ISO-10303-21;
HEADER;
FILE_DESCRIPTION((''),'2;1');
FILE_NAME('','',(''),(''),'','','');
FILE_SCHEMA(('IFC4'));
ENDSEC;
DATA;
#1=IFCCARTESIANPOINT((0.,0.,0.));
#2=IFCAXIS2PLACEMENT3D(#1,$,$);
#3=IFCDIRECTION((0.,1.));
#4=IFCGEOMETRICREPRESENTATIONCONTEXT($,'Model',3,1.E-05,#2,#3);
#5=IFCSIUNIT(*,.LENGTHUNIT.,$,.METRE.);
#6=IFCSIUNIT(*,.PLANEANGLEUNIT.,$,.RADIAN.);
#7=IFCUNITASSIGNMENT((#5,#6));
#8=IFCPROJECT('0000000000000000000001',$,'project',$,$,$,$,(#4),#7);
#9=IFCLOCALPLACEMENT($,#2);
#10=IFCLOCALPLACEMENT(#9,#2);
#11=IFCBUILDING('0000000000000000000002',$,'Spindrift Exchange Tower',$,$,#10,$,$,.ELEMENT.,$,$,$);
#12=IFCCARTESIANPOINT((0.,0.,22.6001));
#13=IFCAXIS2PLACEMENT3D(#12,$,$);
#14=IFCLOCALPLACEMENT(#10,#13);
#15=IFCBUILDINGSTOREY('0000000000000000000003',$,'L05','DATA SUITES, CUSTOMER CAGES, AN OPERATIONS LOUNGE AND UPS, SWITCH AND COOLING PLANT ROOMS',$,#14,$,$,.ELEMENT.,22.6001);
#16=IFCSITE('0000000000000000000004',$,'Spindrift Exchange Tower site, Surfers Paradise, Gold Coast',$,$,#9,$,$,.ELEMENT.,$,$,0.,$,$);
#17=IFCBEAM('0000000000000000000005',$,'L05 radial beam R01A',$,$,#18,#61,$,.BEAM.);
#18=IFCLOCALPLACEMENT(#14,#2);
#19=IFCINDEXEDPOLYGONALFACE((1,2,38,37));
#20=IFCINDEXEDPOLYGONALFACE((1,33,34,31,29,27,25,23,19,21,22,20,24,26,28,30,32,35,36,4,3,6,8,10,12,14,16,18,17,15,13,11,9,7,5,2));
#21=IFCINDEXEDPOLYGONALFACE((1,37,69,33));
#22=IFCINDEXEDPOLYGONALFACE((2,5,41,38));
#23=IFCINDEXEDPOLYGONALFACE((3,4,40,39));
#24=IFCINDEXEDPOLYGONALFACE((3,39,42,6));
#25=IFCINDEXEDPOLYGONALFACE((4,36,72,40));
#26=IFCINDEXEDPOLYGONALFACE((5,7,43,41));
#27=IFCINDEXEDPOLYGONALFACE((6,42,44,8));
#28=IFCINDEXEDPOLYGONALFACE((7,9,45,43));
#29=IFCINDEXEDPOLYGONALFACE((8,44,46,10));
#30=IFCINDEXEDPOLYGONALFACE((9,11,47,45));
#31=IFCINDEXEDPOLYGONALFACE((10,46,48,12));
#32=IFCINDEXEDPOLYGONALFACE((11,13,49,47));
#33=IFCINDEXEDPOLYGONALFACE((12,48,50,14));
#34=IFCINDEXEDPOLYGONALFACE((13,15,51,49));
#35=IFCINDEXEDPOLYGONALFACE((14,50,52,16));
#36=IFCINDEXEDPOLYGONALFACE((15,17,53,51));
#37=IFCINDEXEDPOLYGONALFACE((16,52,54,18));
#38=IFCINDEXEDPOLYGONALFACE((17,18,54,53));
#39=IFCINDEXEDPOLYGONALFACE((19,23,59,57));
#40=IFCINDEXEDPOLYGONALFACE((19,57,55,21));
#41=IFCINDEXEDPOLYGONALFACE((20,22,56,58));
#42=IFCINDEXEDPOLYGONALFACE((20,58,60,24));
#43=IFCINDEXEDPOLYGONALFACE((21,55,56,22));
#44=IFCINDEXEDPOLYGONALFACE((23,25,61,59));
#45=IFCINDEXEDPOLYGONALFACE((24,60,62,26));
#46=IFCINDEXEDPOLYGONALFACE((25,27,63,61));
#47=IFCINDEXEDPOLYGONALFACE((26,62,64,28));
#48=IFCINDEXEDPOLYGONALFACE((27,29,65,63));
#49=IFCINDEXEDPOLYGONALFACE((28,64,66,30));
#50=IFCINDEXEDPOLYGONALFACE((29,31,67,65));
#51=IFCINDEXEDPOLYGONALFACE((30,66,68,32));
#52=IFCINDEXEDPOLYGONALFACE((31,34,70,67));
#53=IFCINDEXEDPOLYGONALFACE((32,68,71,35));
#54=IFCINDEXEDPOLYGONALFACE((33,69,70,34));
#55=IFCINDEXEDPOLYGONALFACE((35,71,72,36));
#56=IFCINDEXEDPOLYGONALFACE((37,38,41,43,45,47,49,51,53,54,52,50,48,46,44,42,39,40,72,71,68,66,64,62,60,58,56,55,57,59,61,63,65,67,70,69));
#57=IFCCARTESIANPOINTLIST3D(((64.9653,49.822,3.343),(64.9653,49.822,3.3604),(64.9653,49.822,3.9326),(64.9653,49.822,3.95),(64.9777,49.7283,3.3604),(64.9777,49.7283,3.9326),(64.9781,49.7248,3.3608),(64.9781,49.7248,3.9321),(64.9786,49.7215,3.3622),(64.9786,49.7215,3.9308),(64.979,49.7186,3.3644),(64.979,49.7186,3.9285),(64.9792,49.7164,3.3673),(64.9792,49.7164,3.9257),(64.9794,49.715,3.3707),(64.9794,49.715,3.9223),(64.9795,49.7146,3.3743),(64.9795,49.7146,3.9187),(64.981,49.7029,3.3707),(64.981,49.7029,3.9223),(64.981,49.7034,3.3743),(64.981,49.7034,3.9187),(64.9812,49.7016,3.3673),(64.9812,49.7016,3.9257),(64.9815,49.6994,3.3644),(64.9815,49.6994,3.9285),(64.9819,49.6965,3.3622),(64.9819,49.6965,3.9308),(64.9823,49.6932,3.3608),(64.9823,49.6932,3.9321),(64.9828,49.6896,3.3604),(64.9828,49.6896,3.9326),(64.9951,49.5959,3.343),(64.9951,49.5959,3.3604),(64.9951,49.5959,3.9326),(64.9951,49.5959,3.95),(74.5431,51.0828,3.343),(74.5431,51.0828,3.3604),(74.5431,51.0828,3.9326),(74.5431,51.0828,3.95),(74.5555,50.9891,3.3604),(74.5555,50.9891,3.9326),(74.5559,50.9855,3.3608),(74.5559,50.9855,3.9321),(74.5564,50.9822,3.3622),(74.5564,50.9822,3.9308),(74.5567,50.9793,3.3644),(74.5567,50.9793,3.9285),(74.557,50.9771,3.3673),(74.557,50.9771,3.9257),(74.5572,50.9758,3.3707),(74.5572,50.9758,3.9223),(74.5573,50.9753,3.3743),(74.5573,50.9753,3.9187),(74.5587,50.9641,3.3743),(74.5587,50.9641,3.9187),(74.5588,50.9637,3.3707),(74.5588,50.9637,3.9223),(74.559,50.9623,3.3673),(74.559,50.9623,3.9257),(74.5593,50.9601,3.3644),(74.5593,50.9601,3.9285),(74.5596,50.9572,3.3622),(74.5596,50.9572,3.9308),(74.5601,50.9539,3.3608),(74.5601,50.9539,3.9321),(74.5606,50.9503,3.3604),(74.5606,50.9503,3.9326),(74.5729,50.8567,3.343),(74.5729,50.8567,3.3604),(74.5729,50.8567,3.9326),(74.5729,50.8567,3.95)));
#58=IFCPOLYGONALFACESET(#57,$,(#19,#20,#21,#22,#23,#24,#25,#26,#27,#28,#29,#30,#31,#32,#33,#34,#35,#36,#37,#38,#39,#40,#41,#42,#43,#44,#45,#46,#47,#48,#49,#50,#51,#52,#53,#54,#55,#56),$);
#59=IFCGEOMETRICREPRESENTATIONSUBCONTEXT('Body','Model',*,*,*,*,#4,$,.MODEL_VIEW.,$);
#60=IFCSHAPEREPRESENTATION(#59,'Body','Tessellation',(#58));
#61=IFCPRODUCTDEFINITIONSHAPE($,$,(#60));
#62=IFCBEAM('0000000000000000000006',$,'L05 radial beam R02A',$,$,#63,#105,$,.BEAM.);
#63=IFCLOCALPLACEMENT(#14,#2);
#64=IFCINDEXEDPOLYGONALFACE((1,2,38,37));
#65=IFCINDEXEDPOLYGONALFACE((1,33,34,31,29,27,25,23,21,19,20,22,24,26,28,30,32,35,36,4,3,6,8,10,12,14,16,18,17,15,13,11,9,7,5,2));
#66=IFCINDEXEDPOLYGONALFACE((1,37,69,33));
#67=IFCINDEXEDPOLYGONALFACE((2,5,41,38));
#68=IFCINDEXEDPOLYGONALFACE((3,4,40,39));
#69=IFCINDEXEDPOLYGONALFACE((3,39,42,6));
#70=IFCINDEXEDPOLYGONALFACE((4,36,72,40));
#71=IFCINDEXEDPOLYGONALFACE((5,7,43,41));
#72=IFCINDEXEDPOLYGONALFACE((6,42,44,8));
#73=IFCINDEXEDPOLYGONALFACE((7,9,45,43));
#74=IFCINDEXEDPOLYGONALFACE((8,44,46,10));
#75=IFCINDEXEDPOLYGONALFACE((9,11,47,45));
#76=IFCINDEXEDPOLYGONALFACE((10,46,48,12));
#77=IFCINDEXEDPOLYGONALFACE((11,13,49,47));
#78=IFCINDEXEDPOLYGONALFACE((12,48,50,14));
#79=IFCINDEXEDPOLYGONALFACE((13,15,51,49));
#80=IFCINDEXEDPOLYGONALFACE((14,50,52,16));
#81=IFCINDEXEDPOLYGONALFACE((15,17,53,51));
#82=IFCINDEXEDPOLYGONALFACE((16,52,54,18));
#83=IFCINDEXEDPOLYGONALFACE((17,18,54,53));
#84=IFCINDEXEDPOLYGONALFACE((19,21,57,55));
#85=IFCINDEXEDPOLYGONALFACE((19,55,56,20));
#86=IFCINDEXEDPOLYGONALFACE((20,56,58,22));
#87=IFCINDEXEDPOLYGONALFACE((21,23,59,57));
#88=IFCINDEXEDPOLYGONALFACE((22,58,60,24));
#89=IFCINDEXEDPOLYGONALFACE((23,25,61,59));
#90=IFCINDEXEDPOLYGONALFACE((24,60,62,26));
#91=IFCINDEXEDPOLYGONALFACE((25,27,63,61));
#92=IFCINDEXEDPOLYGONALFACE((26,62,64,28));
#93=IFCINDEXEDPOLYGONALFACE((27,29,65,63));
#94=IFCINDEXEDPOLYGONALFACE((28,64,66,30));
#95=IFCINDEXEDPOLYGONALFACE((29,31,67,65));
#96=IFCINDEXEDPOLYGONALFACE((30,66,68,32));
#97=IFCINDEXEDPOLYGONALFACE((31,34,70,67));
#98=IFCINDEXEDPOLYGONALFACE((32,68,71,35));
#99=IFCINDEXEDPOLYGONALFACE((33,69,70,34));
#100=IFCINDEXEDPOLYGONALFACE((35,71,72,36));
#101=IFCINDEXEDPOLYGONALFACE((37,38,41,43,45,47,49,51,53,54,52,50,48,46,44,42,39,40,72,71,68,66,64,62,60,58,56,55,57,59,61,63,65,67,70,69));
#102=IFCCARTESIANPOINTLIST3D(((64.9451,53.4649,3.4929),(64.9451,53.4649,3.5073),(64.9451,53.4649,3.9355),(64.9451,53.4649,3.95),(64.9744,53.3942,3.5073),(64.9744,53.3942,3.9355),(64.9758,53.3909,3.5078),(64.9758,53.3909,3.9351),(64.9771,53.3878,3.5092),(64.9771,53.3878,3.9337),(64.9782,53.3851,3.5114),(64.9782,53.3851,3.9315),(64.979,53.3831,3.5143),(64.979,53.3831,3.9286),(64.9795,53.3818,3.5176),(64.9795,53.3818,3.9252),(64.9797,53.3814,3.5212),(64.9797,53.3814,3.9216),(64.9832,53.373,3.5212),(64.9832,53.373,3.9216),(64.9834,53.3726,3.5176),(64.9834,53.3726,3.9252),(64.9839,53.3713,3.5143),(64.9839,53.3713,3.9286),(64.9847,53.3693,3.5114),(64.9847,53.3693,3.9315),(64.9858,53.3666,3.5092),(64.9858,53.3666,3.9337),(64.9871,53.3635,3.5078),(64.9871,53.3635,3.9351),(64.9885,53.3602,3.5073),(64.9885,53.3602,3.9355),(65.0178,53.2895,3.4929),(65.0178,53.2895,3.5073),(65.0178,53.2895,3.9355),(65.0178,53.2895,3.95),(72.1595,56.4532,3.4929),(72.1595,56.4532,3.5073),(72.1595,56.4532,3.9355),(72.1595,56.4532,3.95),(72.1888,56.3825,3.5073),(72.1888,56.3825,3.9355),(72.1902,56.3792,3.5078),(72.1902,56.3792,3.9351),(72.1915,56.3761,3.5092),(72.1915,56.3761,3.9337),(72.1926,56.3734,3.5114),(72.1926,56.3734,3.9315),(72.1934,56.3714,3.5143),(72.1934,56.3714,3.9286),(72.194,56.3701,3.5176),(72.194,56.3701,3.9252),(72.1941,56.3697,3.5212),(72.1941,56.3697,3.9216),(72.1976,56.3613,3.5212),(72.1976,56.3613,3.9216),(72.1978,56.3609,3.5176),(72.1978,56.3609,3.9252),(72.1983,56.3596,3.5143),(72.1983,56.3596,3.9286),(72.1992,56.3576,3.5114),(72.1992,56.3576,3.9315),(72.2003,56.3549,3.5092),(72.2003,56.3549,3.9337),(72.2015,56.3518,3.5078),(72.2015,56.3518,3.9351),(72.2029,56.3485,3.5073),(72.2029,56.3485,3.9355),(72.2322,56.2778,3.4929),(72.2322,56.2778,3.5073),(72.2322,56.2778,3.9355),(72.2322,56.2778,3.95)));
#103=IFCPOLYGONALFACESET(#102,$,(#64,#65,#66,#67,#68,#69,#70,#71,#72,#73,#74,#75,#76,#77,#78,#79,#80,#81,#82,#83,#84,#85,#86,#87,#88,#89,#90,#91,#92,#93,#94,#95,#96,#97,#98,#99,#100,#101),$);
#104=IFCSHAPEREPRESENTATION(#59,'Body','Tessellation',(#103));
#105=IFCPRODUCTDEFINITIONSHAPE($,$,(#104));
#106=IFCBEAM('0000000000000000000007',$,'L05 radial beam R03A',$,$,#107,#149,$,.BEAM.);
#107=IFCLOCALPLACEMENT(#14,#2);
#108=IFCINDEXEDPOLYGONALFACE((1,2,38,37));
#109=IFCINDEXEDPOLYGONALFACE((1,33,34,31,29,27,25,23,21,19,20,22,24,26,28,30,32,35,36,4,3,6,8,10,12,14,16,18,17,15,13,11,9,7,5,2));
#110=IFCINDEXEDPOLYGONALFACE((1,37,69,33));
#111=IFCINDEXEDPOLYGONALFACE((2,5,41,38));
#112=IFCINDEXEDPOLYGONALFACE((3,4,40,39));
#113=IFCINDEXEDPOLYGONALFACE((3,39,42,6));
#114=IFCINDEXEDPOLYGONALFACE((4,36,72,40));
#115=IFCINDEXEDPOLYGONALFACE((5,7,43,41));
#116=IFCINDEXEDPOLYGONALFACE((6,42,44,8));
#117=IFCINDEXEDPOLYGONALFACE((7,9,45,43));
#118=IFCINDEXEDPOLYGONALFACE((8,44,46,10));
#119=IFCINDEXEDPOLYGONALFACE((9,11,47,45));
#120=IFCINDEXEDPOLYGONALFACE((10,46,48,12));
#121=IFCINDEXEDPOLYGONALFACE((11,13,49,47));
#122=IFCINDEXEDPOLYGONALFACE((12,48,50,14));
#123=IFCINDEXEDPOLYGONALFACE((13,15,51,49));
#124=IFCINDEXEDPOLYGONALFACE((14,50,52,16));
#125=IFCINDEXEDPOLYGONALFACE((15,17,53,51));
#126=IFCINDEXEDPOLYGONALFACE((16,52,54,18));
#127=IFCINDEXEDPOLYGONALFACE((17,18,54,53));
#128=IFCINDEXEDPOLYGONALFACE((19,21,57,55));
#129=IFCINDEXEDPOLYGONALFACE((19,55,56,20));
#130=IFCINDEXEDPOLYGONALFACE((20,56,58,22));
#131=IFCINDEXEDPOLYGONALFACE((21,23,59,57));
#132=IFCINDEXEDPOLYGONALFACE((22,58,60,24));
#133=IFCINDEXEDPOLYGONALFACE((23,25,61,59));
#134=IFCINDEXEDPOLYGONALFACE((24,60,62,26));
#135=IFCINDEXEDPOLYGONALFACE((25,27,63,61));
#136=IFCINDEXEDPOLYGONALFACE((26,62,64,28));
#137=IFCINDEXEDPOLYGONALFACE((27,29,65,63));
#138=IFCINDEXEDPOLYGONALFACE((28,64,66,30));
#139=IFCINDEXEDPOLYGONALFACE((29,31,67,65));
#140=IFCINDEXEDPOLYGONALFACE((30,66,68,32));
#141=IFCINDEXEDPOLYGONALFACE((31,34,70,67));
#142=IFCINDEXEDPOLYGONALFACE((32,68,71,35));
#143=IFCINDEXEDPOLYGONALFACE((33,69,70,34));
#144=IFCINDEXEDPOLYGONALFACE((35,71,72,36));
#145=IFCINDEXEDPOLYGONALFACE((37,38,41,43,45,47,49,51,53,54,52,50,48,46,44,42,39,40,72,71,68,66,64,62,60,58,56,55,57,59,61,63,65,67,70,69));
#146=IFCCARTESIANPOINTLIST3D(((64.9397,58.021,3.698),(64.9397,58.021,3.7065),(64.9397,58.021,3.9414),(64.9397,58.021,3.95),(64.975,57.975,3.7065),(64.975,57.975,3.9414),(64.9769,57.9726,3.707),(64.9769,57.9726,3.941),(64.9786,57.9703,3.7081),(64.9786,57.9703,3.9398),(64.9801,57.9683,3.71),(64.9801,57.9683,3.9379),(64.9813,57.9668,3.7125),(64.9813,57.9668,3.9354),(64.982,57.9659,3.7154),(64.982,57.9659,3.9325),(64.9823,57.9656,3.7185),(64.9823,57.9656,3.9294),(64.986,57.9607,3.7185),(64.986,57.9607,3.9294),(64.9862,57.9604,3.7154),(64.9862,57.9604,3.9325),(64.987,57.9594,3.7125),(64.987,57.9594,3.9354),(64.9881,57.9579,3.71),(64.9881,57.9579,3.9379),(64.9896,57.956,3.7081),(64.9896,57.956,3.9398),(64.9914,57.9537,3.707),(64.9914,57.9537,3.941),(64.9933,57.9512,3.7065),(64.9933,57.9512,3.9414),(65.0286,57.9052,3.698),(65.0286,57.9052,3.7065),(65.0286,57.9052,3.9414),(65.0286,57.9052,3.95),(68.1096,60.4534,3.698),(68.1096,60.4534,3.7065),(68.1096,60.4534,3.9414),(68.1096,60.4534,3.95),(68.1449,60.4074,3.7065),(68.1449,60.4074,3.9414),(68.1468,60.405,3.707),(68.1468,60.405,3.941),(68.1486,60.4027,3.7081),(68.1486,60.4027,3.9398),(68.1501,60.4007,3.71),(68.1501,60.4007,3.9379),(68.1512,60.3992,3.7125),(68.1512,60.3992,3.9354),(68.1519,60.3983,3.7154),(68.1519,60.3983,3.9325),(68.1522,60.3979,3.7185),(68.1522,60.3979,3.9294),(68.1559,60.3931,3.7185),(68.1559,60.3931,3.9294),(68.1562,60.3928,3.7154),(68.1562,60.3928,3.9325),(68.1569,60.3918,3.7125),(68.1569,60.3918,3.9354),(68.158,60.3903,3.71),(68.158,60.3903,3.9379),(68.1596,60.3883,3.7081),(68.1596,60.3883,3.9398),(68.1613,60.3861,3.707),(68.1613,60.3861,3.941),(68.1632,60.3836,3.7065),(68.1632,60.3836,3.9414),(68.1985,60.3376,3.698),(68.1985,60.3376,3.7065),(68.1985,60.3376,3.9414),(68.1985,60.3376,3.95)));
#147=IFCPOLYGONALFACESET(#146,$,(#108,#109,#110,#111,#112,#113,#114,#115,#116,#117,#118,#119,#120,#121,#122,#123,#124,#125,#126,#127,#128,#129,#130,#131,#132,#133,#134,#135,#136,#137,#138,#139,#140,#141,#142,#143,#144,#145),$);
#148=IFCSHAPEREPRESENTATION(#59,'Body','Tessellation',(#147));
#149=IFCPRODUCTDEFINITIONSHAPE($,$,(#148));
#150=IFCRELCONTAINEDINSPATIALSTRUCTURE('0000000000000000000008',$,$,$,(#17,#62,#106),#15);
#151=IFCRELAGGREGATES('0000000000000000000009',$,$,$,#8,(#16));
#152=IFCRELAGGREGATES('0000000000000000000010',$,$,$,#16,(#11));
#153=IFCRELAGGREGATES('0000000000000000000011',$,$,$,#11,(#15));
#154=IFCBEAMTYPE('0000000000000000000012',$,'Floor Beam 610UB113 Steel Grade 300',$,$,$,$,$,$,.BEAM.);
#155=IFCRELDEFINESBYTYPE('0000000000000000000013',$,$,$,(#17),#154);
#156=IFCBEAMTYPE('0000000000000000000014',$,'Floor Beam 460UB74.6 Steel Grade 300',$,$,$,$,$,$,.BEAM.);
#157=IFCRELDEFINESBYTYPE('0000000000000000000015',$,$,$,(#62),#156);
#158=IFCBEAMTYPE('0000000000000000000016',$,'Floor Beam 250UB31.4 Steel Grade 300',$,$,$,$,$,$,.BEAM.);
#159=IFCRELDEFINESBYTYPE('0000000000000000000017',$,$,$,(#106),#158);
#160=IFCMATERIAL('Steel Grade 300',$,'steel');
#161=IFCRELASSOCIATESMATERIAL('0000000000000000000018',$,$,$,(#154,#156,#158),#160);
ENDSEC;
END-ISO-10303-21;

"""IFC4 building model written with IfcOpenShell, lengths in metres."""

from ifc_helpers import new_model, si_unit, direction, frame, origin, origin_2d, place, context, subcontext, project, spatial, i_section, extrude, source, transform, mapped, material, material_profile, profile_set, type_object, element, save


model = new_model("IFC4")

# Units and contexts
model_context = context("Model", 3, precision=1e-05, world=origin(), true_north=direction((0.0, 1.0)))
body_context = subcontext(model_context, "Body", "Model", "MODEL_VIEW")
ifc_project = project(units=[si_unit("LENGTHUNIT", "METRE"), si_unit("PLANEANGLEUNIT", "RADIAN")], contexts=[model_context])

# Site, building, storey
site_placement = place(None, origin())
site = spatial("IfcSite", under=ifc_project, at=site_placement, Name="Spindrift Exchange Tower site, Surfers Paradise, Gold Coast", CompositionType="ELEMENT", RefElevation=0.0)
building_placement = place(site_placement, origin())
building = spatial("IfcBuilding", under=site, at=building_placement, Name="Spindrift Exchange Tower", CompositionType="ELEMENT")
storey_placement = place(building_placement, frame((0.0, 0.0, 22.6001)))
storey = spatial("IfcBuildingStorey", under=building, at=storey_placement, Name="L05", Description="DATA SUITES, CUSTOMER CAGES, AN OPERATIONS LOUNGE AND UPS, SWITCH AND COOLING PLANT ROOMS", CompositionType="ELEMENT", Elevation=22.6001)

# Beams
ifc_material_1 = material(Name="Steel Grade 300", Category="steel")
ifc_material_profile_1 = material_profile(ifc_material_1, i_section(OverallWidth=0.228, OverallDepth=0.6069, WebThickness=0.0112, FlangeThickness=0.0173, FilletRadius=0.0139, at=origin_2d()), Name="610UB113")
ifc_profile_set_1 = profile_set([ifc_material_profile_1], Name="Steel Grade 300")
beam_type_1 = type_object("IfcBeamType", Name="Floor Beam 610UB113 Steel Grade 300", PredefinedType="BEAM", material=ifc_profile_set_1)
shared_shape_1 = source(origin(), body_context, "Body", "SweptSolid", [
    extrude(i_section(OverallWidth=0.228, OverallDepth=0.6069, WebThickness=0.0112, FlangeThickness=0.0173, FilletRadius=0.0139, at=origin_2d()), origin(), (0.0, 0.0, 1.0), 9.6604),
])
beam_1_placement = place(storey_placement, frame((64.9802, 49.709, 3.6465), z_axis=(0.991448, 0.130505, 0.0), x_axis=(-0.130505, 0.991448, 0.0)))
element("IfcBeam", 1, at=beam_1_placement, inside=storey, type_object=beam_type_1, Name="L05 radial beam R01A", PredefinedType="BEAM", context=body_context, shape_type="MappedRepresentation", body=[
    mapped(shared_shape_1, transform((0.0, 0.0, 0.0), scale=1.0)),
])
ifc_material_profile_2 = material_profile(ifc_material_1, i_section(OverallWidth=0.1899, OverallDepth=0.457, WebThickness=0.009, FlangeThickness=0.0144, FilletRadius=0.0139, at=origin_2d()), Name="460UB74.6")
ifc_profile_set_2 = profile_set([ifc_material_profile_2], Name="Steel Grade 300")
beam_type_2 = type_object("IfcBeamType", Name="Floor Beam 460UB74.6 Steel Grade 300", PredefinedType="BEAM", material=ifc_profile_set_2)
shared_shape_2 = source(origin(), body_context, "Body", "SweptSolid", [
    extrude(i_section(OverallWidth=0.1899, OverallDepth=0.457, WebThickness=0.009, FlangeThickness=0.0144, FilletRadius=0.0139, at=origin_2d()), origin(), (0.0, 0.0, 1.0), 7.8088),
])
beam_2_placement = place(storey_placement, frame((64.9814, 53.3772, 3.7214), z_axis=(0.92388, 0.382683, 0.0), x_axis=(-0.382683, 0.92388, 0.0)))
element("IfcBeam", 2, at=beam_2_placement, inside=storey, type_object=beam_type_2, Name="L05 radial beam R02A", PredefinedType="BEAM", context=body_context, shape_type="MappedRepresentation", body=[
    mapped(shared_shape_2, transform((0.0, 0.0, 0.0), scale=1.0)),
])
ifc_material_profile_3 = material_profile(ifc_material_1, i_section(OverallWidth=0.146, OverallDepth=0.252, WebThickness=0.0061, FlangeThickness=0.0085, FilletRadius=0.012, at=origin_2d()), Name="250UB31.4")
ifc_profile_set_3 = profile_set([ifc_material_profile_3], Name="Steel Grade 300")
beam_type_3 = type_object("IfcBeamType", Name="Floor Beam 250UB31.4 Steel Grade 300", PredefinedType="BEAM", material=ifc_profile_set_3)
shared_shape_3 = source(origin(), body_context, "Body", "SweptSolid", [
    extrude(i_section(OverallWidth=0.146, OverallDepth=0.252, WebThickness=0.0061, FlangeThickness=0.0085, FilletRadius=0.012, at=origin_2d()), origin(), (0.0, 0.0, 1.0), 3.9956),
])
beam_3_placement = place(storey_placement, frame((64.9841, 57.9631, 3.824), z_axis=(0.793353, 0.608762, 0.0), x_axis=(-0.608762, 0.793353, 0.0)))
element("IfcBeam", 3, at=beam_3_placement, inside=storey, type_object=beam_type_3, Name="L05 radial beam R03A", PredefinedType="BEAM", context=body_context, shape_type="MappedRepresentation", body=[
    mapped(shared_shape_3, transform((0.0, 0.0, 0.0), scale=1.0)),
])

save(model, "model.ifc")
